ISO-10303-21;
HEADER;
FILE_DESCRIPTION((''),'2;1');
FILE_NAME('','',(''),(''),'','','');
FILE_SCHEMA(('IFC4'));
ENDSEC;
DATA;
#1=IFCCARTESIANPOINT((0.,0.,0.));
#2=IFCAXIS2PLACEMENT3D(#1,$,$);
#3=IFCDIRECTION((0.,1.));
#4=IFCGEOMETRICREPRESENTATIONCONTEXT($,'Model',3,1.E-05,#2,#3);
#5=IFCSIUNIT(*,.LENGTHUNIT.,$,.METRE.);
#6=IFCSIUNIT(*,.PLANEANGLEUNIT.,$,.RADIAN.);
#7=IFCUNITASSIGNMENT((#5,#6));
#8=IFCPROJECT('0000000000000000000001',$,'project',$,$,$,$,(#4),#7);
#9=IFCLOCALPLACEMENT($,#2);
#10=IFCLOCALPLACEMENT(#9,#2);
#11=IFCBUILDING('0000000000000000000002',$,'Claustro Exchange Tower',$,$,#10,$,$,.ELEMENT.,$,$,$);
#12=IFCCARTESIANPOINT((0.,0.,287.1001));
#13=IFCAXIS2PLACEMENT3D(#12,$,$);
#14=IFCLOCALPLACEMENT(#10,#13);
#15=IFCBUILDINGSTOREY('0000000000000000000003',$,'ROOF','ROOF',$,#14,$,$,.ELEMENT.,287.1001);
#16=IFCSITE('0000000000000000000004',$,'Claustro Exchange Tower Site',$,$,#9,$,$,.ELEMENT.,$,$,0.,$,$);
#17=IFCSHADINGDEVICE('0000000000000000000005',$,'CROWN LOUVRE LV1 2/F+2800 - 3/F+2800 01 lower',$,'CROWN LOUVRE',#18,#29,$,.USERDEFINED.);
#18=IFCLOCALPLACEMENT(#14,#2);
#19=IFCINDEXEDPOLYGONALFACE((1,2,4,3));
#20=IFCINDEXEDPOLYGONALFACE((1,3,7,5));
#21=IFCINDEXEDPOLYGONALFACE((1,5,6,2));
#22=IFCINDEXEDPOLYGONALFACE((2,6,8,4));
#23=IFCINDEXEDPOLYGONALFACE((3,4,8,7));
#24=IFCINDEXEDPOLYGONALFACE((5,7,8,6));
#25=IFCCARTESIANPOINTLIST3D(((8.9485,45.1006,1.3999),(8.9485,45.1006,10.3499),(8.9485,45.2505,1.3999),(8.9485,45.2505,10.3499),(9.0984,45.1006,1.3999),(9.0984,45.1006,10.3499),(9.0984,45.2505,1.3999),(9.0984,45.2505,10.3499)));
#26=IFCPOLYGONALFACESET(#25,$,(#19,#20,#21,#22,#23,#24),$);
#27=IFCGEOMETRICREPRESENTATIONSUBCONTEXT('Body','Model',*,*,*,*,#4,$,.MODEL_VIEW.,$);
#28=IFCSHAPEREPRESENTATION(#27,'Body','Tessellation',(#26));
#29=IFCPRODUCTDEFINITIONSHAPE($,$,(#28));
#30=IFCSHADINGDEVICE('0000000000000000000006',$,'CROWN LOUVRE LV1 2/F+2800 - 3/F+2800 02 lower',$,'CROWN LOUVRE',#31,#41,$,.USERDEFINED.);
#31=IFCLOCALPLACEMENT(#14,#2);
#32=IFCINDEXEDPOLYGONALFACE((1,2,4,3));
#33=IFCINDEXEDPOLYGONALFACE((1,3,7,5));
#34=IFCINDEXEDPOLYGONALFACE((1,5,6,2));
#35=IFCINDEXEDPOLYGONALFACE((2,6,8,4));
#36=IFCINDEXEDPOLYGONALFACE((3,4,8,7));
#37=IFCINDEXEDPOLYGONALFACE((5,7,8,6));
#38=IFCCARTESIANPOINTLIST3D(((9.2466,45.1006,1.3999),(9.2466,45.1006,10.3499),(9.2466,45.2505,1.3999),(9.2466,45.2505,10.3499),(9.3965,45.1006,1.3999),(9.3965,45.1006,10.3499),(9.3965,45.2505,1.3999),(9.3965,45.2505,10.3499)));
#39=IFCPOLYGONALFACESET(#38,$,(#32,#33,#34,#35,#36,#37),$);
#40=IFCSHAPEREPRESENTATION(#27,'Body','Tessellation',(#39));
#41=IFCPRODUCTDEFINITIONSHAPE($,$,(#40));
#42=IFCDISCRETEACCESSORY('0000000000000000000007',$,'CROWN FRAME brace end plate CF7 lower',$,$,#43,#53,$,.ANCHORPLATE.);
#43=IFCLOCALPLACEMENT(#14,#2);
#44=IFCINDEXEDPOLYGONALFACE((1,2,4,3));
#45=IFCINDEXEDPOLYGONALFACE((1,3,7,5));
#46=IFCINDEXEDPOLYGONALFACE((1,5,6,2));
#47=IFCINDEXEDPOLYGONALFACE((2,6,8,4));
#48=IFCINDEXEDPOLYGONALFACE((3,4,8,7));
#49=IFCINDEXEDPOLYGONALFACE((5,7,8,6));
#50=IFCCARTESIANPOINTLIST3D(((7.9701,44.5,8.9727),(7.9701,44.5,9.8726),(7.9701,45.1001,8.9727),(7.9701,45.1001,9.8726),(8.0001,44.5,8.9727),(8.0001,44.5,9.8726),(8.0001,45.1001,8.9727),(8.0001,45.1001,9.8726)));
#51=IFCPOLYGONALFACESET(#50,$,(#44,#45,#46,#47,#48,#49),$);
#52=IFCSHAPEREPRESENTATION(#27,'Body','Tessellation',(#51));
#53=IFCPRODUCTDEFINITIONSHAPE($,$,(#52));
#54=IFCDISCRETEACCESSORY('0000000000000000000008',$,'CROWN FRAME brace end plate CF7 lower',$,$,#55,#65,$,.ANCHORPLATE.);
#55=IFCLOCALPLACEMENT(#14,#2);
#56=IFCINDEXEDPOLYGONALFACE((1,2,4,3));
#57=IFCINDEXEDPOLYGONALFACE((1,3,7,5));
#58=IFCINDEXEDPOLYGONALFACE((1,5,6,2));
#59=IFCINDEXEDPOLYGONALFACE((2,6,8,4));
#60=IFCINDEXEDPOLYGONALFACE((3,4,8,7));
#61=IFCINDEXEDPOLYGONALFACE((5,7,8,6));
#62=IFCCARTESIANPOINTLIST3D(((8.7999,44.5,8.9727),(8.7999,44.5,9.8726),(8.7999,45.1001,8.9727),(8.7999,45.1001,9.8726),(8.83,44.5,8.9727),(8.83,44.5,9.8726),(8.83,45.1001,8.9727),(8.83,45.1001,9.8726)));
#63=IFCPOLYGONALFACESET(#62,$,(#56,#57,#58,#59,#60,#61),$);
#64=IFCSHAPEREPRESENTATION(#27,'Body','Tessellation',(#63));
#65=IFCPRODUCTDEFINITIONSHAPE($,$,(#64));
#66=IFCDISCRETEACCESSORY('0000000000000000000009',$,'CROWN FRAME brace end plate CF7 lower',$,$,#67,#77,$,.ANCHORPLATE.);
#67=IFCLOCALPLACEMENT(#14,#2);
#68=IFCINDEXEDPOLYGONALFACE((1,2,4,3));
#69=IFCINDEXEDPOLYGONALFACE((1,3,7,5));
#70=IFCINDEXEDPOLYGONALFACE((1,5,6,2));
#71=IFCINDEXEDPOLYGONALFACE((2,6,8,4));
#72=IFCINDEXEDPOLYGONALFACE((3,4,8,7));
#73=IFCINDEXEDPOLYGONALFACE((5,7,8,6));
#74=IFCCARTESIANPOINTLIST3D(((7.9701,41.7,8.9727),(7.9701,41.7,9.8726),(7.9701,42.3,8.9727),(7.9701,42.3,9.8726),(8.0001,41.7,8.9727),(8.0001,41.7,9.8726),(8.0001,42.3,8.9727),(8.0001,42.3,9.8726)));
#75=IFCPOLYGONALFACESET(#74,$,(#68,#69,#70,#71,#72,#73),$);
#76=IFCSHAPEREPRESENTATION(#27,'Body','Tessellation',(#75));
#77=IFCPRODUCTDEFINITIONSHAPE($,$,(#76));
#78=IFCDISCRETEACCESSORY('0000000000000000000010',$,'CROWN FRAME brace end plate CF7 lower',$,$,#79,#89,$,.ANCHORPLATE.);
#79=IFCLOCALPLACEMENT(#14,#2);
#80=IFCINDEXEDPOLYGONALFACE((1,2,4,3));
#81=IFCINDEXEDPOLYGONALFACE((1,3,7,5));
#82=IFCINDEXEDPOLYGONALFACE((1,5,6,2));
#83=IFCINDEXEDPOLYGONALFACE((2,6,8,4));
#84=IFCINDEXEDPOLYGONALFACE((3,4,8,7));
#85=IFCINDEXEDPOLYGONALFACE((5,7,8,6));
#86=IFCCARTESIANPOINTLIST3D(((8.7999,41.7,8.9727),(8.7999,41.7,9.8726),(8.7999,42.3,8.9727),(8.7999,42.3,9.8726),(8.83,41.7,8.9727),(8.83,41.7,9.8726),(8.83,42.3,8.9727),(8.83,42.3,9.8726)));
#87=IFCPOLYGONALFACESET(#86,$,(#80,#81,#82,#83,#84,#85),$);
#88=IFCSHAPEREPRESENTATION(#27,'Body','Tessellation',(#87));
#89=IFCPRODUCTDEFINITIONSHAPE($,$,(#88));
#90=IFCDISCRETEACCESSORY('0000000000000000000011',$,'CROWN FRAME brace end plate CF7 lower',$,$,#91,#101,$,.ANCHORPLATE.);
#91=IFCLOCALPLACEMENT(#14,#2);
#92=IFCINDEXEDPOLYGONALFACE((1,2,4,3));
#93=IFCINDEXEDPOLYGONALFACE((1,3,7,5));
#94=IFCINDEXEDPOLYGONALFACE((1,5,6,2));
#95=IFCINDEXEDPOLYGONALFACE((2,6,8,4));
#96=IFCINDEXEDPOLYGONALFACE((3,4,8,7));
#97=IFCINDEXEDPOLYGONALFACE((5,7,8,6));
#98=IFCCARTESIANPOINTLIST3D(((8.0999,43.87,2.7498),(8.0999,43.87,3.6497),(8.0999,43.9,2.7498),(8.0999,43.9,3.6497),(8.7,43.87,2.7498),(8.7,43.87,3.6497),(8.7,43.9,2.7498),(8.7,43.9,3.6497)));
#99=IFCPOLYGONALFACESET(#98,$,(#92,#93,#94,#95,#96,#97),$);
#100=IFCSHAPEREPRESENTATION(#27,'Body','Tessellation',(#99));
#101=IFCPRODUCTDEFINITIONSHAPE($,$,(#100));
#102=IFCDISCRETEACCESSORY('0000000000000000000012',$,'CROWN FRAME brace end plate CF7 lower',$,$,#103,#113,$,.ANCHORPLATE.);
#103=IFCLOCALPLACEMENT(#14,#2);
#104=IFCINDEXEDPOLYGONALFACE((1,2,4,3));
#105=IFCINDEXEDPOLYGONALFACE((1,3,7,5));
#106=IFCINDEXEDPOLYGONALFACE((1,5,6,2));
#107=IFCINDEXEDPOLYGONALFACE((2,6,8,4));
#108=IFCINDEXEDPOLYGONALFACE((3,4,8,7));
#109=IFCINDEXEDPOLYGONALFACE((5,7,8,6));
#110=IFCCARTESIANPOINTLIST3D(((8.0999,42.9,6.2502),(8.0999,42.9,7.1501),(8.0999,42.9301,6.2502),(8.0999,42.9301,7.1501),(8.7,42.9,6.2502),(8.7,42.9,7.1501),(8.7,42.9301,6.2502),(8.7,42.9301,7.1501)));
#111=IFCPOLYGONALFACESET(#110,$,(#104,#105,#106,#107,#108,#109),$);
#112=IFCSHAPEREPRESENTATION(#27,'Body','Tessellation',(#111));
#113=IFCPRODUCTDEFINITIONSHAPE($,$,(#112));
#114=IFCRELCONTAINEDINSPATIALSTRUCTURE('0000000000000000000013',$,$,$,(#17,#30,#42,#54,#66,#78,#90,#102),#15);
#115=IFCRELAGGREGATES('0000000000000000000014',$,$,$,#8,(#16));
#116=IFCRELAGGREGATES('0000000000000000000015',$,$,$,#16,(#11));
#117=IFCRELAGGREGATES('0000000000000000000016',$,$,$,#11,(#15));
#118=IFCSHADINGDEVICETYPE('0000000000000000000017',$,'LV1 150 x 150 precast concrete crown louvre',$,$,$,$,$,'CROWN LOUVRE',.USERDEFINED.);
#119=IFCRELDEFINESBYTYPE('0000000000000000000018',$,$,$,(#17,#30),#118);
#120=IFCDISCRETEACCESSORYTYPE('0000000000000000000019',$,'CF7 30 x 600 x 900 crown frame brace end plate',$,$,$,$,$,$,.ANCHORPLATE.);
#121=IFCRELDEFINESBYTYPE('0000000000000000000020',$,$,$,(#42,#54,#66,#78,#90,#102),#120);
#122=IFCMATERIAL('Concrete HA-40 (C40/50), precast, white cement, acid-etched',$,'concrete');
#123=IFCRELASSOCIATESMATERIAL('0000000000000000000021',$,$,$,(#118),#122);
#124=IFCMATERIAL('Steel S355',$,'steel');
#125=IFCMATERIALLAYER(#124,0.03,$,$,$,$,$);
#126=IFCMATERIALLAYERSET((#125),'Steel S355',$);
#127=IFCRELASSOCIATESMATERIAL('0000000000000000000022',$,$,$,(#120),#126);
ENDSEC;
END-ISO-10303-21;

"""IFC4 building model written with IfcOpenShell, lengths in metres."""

from ifc_helpers import new_model, si_unit, direction, frame, origin, origin_2d, place, context, subcontext, project, spatial, rectangle, extrude, material, layer, layer_set, type_object, element, save


model = new_model("IFC4")

# Units and contexts
model_context = context("Model", 3, precision=1e-05, world=origin(), true_north=direction((0.0, 1.0)))
body_context = subcontext(model_context, "Body", "Model", "MODEL_VIEW")
ifc_project = project(units=[si_unit("LENGTHUNIT", "METRE"), si_unit("PLANEANGLEUNIT", "RADIAN")], contexts=[model_context])

# Site, building, storey
site_placement = place(None, origin())
site = spatial("IfcSite", under=ifc_project, at=site_placement, Name="Claustro Exchange Tower Site", CompositionType="ELEMENT", RefElevation=0.0)
building_placement = place(site_placement, origin())
building = spatial("IfcBuilding", under=site, at=building_placement, Name="Claustro Exchange Tower", CompositionType="ELEMENT")
storey_placement = place(building_placement, frame((0.0, 0.0, 287.1001)))
storey = spatial("IfcBuildingStorey", under=building, at=storey_placement, Name="ROOF", Description="ROOF", CompositionType="ELEMENT", Elevation=287.1001)

# Shading devices
ifc_material_1 = material(Name="Concrete HA-40 (C40/50), precast, white cement, acid-etched", Category="concrete")
shading_device_type = type_object("IfcShadingDeviceType", Name="LV1 150 x 150 precast concrete crown louvre", ElementType="CROWN LOUVRE", PredefinedType="USERDEFINED", material=ifc_material_1)
for number, where, z_axis, x_axis, name in (
    (1, (9.0234, 45.1755, 1.3999), (0.0, 0.0, 1.0), (1.0, 0.0, 0.0), "CROWN LOUVRE LV1 2/F+2800 - 3/F+2800 01 lower"),
    (2, (9.3215, 45.1755, 1.3999), (0.0, 0.0, 1.0), (1.0, 0.0, 0.0), "CROWN LOUVRE LV1 2/F+2800 - 3/F+2800 02 lower"),
):
    element("IfcShadingDevice", number, at=place(storey_placement, frame(where, z_axis=z_axis, x_axis=x_axis)), inside=storey, type_object=shading_device_type, Name=name, ObjectType="CROWN LOUVRE", PredefinedType="USERDEFINED", context=body_context, shape_type="SweptSolid", body=[
        extrude(rectangle(XDim=0.1499, YDim=0.1499, at=origin_2d()), origin(), (0.0, 0.0, 1.0), 8.95),
    ])

# Discrete accessories
ifc_material_2 = material(Name="Steel S355", Category="steel")
ifc_layer = layer(ifc_material_2, 0.03)
ifc_layer_set = layer_set([ifc_layer], Name="Steel S355")
discrete_accessory_type = type_object("IfcDiscreteAccessoryType", Name="CF7 30 x 600 x 900 crown frame brace end plate", PredefinedType="ANCHORPLATE", material=ifc_layer_set)
for number, where, z_axis, x_axis, name in (
    (3, (7.9851, 44.8, 8.9727), (0.0, 0.0, 1.0), (1.0, 0.0, 0.0), "CROWN FRAME brace end plate CF7 lower"),
    (4, (8.8149, 44.8, 8.9727), (0.0, 0.0, 1.0), (-1.0, 0.0, 0.0), "CROWN FRAME brace end plate CF7 lower"),
    (5, (7.9851, 42.0, 8.9727), (0.0, 0.0, 1.0), (1.0, 0.0, 0.0), "CROWN FRAME brace end plate CF7 lower"),
    (6, (8.8149, 42.0, 8.9727), (0.0, 0.0, 1.0), (-1.0, 0.0, 0.0), "CROWN FRAME brace end plate CF7 lower"),
    (7, (8.3999, 43.885, 2.7498), (0.0, 0.0, 1.0), (0.0, -1.0, 0.0), "CROWN FRAME brace end plate CF7 lower"),
    (8, (8.3999, 42.915, 6.2502), (0.0, 0.0, 1.0), (0.0, -1.0, 0.0), "CROWN FRAME brace end plate CF7 lower"),
):
    element("IfcDiscreteAccessory", number, at=place(storey_placement, frame(where, z_axis=z_axis, x_axis=x_axis)), inside=storey, type_object=discrete_accessory_type, Name=name, PredefinedType="ANCHORPLATE", context=body_context, shape_type="SweptSolid", body=[
        extrude(rectangle(XDim=0.03, YDim=0.6001, at=origin_2d()), origin(), (0.0, 0.0, 1.0), 0.8999),
    ])

save(model, "model.ifc")
